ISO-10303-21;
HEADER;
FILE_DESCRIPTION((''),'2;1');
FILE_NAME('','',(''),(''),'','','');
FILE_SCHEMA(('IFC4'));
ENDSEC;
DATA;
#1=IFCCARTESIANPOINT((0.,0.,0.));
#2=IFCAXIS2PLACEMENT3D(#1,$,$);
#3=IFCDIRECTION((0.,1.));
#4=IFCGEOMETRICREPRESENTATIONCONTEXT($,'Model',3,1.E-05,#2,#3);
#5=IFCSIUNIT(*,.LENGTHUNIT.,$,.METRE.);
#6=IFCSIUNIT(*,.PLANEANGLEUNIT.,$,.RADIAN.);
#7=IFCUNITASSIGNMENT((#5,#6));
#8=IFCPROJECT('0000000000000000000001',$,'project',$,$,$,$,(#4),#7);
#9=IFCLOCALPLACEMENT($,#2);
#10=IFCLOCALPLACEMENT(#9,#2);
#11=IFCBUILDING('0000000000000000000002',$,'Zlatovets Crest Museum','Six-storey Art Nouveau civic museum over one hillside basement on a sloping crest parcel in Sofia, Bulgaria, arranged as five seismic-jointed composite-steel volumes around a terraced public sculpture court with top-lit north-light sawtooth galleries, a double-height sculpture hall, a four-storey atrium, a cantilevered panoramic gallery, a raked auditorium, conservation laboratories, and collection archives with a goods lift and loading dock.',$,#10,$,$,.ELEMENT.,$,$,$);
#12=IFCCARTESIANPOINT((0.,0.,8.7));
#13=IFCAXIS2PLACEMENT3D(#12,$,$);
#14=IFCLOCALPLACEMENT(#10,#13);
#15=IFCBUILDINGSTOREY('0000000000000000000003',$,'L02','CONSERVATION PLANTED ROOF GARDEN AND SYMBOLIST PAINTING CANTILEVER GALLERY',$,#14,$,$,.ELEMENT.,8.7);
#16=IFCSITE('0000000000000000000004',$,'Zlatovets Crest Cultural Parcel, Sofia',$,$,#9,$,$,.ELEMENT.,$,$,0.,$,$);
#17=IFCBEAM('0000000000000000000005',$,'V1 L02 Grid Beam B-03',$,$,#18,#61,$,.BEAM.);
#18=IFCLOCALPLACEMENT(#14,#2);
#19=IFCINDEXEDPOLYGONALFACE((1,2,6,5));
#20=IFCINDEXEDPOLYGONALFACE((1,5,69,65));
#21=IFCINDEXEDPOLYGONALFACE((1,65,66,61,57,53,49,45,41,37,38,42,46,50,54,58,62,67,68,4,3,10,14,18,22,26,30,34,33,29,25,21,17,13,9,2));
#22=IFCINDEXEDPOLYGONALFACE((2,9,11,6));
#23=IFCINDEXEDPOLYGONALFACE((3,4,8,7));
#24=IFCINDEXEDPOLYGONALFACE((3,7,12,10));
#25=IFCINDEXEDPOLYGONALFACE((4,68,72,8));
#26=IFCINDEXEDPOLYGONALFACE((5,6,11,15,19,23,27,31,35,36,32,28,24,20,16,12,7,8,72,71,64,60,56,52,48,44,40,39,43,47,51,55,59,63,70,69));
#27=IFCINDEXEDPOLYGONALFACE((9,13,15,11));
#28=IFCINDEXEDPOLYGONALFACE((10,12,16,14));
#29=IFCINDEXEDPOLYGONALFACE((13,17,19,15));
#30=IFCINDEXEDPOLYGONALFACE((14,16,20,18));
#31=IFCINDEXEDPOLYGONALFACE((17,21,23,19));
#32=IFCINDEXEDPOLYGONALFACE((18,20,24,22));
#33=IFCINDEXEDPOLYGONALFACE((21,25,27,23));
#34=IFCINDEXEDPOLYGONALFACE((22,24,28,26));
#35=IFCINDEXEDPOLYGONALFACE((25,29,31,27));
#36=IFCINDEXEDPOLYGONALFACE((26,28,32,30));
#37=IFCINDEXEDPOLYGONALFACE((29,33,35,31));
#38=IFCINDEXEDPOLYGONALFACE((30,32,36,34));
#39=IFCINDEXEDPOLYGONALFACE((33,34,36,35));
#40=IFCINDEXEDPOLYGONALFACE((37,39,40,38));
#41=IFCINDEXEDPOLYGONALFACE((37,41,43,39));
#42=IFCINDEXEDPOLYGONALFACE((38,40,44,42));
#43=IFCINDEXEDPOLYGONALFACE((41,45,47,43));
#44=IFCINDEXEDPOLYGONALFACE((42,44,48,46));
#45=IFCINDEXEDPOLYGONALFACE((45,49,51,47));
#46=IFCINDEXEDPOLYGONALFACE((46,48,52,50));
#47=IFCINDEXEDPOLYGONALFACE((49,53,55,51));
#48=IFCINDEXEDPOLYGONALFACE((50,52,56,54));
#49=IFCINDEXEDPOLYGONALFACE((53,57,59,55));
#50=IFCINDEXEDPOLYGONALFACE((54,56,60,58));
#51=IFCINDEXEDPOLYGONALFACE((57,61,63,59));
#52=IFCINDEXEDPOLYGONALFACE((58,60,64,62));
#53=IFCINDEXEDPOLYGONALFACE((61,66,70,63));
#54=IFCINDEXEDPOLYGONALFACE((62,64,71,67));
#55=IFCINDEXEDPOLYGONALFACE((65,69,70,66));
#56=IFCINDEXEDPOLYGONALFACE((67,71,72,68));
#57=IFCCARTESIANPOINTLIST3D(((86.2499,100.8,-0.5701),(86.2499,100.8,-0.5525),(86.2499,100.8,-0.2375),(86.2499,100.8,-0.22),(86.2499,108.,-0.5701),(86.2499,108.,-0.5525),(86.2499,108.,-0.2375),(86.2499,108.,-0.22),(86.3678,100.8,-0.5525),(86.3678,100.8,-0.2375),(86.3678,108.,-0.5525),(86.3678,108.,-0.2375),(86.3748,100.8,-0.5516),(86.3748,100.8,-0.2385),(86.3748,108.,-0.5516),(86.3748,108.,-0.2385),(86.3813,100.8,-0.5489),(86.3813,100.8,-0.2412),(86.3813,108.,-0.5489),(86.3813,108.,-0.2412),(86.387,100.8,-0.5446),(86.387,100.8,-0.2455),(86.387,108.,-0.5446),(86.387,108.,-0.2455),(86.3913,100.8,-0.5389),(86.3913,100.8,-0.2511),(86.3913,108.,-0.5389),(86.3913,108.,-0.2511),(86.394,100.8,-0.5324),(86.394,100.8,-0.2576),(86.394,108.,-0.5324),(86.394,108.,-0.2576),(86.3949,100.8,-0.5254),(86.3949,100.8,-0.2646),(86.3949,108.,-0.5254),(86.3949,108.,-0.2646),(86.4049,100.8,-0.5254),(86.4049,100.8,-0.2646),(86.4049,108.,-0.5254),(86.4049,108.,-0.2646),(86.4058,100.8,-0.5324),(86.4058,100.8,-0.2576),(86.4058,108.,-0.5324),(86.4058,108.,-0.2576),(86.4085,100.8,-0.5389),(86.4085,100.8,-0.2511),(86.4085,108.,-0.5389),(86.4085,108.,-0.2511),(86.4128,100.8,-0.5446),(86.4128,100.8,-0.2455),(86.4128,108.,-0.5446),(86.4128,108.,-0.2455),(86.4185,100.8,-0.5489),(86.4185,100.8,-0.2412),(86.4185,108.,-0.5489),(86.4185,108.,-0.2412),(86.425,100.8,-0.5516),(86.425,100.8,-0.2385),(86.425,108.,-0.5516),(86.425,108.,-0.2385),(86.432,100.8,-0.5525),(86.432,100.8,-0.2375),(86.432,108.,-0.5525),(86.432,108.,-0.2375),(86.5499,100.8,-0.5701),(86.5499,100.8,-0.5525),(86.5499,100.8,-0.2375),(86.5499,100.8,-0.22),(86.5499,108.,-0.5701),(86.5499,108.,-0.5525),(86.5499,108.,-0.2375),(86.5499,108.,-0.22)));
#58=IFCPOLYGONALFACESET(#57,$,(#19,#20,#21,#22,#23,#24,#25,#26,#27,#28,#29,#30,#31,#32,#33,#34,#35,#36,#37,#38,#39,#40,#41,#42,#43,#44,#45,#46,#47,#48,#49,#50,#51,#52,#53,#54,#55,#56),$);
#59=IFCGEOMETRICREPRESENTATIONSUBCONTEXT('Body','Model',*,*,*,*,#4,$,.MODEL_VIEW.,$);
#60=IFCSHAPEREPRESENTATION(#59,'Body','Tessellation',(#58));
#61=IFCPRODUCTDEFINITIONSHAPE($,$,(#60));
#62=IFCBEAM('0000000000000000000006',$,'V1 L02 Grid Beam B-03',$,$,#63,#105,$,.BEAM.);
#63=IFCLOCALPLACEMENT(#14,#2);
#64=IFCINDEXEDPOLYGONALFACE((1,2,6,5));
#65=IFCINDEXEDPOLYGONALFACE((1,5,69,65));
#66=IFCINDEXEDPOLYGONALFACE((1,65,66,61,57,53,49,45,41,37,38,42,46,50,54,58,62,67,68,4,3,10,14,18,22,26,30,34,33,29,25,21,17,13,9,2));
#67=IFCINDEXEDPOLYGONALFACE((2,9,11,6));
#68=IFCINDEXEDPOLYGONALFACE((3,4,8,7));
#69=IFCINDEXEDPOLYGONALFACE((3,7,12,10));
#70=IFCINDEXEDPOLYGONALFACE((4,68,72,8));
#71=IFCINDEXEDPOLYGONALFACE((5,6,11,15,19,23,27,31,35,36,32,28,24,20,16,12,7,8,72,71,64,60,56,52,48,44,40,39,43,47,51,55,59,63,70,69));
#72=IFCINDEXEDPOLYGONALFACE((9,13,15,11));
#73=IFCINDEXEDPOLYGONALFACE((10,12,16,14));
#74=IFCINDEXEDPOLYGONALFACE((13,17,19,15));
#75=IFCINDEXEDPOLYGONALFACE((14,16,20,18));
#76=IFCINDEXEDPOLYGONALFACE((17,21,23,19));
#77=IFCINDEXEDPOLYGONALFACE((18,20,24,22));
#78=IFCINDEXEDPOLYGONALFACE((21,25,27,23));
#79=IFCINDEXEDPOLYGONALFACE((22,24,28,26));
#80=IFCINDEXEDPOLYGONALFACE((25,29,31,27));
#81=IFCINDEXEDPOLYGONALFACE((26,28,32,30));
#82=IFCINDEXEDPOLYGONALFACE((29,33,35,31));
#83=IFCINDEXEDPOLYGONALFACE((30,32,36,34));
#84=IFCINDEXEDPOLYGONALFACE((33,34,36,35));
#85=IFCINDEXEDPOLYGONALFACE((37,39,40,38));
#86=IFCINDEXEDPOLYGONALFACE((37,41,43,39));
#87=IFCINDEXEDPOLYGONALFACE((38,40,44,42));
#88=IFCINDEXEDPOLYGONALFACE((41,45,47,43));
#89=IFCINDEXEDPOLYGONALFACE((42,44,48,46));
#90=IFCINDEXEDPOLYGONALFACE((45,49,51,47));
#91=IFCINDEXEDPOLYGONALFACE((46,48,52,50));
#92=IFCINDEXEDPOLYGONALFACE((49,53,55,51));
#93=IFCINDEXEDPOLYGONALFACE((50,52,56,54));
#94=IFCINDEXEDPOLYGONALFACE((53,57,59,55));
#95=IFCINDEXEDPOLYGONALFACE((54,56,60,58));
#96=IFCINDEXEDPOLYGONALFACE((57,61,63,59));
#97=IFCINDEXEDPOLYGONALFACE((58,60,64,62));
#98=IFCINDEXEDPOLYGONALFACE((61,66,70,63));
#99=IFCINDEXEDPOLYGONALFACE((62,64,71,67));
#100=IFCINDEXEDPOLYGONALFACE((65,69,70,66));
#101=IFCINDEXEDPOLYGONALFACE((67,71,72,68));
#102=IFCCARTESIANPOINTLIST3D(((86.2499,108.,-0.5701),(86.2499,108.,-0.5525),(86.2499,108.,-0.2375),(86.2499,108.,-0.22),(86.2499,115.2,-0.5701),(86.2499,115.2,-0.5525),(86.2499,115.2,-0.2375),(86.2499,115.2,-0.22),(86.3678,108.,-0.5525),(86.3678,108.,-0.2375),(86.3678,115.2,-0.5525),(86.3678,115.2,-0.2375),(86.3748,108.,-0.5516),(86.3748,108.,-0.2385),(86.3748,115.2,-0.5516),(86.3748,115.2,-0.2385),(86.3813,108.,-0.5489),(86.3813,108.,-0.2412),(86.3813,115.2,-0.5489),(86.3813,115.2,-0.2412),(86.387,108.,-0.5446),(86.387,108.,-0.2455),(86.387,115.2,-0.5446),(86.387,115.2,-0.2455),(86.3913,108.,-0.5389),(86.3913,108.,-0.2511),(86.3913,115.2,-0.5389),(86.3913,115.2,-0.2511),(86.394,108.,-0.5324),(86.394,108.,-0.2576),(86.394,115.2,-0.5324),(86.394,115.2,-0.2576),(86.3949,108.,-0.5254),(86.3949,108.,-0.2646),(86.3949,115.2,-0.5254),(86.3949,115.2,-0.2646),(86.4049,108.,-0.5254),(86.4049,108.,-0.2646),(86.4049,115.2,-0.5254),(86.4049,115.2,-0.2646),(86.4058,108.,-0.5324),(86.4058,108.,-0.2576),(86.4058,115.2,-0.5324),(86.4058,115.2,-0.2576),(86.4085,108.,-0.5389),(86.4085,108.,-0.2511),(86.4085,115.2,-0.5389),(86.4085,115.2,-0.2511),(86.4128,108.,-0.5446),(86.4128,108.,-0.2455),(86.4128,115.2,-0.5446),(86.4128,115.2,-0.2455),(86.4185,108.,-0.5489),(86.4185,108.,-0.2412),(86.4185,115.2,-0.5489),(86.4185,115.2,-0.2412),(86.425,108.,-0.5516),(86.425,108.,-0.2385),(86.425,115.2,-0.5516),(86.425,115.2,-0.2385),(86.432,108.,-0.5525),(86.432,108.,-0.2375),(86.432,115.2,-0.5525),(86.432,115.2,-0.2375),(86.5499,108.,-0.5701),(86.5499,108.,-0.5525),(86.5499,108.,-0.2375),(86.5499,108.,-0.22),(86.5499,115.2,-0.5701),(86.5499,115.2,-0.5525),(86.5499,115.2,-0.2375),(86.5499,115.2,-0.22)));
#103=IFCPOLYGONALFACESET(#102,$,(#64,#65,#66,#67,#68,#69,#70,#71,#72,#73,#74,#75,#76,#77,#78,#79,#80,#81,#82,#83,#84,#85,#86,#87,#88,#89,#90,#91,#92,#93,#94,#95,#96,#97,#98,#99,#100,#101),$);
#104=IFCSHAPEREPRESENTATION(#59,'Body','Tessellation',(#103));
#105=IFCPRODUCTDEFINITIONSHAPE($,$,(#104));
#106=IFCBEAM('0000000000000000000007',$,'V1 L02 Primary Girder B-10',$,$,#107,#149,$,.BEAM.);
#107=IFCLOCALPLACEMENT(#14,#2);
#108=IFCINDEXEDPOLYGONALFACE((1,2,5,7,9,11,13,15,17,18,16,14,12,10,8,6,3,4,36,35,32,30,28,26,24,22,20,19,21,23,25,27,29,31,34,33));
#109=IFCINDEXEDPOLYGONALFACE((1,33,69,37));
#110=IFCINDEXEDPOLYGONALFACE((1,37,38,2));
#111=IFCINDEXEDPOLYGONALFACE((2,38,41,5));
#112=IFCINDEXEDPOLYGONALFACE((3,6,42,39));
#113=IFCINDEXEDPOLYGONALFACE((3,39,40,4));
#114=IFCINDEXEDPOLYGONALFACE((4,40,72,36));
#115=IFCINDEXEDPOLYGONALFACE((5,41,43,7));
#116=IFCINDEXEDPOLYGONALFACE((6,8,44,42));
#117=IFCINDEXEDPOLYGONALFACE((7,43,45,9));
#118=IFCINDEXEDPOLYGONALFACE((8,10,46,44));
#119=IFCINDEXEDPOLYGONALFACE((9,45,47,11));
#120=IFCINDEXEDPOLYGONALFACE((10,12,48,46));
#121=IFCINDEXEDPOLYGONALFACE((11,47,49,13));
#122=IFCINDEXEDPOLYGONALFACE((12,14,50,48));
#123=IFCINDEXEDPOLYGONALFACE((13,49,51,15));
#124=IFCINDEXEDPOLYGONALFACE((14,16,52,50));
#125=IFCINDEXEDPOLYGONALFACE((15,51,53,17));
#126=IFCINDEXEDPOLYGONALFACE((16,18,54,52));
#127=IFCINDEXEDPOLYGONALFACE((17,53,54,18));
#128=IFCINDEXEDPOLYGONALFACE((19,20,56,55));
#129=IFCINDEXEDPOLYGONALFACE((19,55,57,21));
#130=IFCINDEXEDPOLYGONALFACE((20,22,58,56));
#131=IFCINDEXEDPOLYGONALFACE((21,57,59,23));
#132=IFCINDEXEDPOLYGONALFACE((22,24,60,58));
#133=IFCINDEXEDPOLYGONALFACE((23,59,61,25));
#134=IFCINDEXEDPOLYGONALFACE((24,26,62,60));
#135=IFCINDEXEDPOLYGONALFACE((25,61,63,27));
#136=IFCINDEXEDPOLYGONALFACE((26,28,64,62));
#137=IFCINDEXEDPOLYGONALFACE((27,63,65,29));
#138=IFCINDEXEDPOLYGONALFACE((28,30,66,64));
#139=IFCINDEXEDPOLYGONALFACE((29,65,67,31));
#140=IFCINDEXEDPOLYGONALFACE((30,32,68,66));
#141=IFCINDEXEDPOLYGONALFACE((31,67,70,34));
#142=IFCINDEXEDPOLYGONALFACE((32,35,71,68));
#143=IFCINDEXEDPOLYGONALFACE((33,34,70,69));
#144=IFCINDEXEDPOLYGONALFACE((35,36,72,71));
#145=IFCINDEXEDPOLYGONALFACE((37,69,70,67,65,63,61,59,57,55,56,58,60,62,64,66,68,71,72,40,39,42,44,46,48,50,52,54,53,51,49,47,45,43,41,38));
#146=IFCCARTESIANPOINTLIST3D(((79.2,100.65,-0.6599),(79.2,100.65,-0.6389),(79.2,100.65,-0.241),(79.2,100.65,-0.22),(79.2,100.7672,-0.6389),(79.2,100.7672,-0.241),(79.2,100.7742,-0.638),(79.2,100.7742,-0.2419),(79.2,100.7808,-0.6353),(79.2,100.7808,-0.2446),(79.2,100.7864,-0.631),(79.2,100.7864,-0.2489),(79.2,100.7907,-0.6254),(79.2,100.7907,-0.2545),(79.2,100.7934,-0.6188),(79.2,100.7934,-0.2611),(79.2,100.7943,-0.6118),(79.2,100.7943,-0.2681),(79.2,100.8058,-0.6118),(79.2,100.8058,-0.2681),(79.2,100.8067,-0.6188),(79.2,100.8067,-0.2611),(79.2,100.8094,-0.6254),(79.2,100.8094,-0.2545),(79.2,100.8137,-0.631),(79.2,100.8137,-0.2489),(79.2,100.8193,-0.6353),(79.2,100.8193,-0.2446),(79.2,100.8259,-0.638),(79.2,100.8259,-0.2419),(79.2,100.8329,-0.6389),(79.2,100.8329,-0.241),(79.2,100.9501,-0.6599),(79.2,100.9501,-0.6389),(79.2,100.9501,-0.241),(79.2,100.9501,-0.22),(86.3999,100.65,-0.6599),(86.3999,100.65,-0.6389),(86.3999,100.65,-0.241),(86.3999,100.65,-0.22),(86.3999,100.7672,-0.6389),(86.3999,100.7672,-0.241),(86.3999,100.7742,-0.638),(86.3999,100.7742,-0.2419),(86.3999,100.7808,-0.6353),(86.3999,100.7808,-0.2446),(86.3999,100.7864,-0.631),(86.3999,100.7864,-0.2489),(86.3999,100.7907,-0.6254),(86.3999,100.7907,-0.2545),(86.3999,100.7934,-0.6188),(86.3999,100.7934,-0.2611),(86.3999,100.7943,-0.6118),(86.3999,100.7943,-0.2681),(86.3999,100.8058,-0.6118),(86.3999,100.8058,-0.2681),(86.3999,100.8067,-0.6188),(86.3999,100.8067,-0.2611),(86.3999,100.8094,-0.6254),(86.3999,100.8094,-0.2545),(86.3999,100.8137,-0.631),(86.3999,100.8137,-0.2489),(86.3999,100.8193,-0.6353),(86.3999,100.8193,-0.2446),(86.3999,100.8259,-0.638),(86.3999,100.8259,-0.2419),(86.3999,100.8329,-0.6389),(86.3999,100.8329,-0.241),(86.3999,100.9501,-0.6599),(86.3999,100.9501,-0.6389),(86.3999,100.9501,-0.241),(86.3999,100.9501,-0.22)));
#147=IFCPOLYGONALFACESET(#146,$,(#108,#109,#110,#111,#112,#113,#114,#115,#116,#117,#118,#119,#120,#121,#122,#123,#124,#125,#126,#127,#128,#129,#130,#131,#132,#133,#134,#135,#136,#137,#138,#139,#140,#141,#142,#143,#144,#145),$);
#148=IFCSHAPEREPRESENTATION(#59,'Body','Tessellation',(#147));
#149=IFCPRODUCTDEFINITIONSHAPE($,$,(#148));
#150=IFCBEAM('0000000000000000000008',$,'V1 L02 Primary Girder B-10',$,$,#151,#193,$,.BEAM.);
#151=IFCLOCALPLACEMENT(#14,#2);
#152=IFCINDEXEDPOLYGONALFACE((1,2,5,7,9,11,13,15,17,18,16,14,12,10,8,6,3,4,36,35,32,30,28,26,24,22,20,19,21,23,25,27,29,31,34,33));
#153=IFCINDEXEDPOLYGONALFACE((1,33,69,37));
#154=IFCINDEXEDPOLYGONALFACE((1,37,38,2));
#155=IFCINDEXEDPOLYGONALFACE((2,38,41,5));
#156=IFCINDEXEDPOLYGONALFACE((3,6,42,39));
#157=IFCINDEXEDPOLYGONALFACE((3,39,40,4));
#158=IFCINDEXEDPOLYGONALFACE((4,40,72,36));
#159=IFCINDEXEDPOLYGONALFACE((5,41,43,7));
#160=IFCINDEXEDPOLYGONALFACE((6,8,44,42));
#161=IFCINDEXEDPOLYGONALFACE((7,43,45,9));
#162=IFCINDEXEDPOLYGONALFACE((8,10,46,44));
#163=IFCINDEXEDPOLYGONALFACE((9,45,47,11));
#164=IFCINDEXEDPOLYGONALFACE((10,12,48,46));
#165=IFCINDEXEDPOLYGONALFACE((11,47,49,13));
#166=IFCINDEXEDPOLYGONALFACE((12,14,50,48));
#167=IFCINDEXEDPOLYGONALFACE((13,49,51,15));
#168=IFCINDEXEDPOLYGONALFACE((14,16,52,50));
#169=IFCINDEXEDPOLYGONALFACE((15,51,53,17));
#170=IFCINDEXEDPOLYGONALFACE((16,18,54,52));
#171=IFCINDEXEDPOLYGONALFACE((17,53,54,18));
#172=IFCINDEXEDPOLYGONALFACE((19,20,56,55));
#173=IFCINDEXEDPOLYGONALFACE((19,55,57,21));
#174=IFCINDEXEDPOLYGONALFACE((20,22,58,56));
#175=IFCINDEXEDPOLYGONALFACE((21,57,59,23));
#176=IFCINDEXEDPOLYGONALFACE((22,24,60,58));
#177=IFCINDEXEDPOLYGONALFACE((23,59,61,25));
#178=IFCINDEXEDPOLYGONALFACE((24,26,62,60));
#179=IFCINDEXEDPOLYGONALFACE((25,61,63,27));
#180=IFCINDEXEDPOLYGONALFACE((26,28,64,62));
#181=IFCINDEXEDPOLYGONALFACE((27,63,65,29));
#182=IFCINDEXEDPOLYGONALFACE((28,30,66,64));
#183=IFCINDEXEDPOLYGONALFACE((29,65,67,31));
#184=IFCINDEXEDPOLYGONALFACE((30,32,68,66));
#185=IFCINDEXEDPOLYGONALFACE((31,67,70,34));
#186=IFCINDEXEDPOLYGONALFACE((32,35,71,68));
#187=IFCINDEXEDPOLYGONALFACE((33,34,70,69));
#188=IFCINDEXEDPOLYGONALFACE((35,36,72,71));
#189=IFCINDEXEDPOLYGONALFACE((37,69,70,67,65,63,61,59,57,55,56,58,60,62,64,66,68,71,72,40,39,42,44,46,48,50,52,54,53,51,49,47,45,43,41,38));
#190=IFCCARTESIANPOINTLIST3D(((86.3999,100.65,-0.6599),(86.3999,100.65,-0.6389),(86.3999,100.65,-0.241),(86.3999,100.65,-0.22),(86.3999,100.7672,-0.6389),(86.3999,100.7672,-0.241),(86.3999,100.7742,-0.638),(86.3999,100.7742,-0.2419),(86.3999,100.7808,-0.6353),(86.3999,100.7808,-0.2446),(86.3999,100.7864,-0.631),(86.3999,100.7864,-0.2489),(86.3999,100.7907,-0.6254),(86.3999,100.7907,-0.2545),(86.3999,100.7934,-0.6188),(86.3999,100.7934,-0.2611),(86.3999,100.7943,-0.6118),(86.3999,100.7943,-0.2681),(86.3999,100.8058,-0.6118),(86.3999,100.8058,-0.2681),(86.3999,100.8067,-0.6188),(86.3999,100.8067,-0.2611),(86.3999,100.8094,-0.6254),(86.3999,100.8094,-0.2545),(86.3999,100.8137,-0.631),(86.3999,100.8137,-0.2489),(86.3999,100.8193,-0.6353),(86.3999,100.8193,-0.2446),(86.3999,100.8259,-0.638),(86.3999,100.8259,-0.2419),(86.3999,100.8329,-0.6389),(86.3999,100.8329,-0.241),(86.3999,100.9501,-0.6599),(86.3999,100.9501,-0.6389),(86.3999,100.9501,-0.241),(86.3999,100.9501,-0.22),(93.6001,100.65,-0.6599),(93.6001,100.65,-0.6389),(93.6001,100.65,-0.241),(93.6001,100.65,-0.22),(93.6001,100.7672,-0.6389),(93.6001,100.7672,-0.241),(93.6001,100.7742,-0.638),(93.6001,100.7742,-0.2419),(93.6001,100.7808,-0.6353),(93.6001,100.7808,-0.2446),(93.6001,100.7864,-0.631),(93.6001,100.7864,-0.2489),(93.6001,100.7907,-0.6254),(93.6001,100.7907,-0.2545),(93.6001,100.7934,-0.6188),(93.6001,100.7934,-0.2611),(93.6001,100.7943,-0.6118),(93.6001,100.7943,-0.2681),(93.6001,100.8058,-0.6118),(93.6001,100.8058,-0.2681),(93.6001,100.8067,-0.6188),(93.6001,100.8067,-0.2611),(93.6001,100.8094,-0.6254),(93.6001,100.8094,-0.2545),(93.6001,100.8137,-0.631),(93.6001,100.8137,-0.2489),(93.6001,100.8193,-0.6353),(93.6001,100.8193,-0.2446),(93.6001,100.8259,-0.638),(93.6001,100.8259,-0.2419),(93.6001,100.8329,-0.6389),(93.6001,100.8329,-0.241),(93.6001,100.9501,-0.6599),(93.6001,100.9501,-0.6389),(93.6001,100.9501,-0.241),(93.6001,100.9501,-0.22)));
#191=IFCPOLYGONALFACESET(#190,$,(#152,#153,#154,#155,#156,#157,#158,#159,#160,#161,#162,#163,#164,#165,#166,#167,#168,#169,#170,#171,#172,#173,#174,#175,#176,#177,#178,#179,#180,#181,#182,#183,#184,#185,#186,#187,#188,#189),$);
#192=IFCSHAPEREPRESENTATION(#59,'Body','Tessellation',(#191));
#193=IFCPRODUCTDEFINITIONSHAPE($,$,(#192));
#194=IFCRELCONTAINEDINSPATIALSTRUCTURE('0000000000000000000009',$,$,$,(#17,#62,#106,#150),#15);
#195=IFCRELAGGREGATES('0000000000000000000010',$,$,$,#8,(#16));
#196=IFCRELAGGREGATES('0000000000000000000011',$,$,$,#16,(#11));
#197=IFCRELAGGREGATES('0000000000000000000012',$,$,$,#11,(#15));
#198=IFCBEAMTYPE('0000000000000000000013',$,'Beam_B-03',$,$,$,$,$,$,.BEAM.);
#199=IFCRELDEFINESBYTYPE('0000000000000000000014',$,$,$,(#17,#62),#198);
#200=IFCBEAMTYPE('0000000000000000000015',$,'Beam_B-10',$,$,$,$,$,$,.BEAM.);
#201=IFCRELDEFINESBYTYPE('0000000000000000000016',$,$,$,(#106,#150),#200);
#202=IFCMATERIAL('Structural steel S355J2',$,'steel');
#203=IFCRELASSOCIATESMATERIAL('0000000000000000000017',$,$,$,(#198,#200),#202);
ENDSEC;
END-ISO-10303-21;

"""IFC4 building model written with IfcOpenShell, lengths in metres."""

from ifc_helpers import new_model, si_unit, direction, frame, origin, origin_2d, place, context, subcontext, project, spatial, i_section, extrude, material, material_profile, profile_set, type_object, element, save


model = new_model("IFC4")

# Units and contexts
model_context = context("Model", 3, precision=1e-05, world=origin(), true_north=direction((0.0, 1.0)))
body_context = subcontext(model_context, "Body", "Model", "MODEL_VIEW")
ifc_project = project(units=[si_unit("LENGTHUNIT", "METRE"), si_unit("PLANEANGLEUNIT", "RADIAN")], contexts=[model_context])

# Site, building, storey
site_placement = place(None, origin())
site = spatial("IfcSite", under=ifc_project, at=site_placement, Name="Zlatovets Crest Cultural Parcel, Sofia", CompositionType="ELEMENT", RefElevation=0.0)
building_placement = place(site_placement, origin())
building = spatial("IfcBuilding", under=site, at=building_placement, Name="Zlatovets Crest Museum", Description="Six-storey Art Nouveau civic museum over one hillside basement on a sloping crest parcel in Sofia, Bulgaria, arranged as five seismic-jointed composite-steel volumes around a terraced public sculpture court with top-lit north-light sawtooth galleries, a double-height sculpture hall, a four-storey atrium, a cantilevered panoramic gallery, a raked auditorium, conservation laboratories, and collection archives with a goods lift and loading dock.", CompositionType="ELEMENT")
storey_placement = place(building_placement, frame((0.0, 0.0, 8.7)))
storey = spatial("IfcBuildingStorey", under=building, at=storey_placement, Name="L02", Description="CONSERVATION PLANTED ROOF GARDEN AND SYMBOLIST PAINTING CANTILEVER GALLERY", CompositionType="ELEMENT", Elevation=8.7)

# Shared definitions
ifc_material_1 = material(Name="Structural steel S355J2", Category="steel")

# Beams
ifc_material_profile_1 = material_profile(ifc_material_1, i_section(OverallWidth=0.3, OverallDepth=0.3501, WebThickness=0.01, FlangeThickness=0.0176, FilletRadius=0.0271, at=origin_2d()), Name="HEA 360")
ifc_profile_set_1 = profile_set([ifc_material_profile_1], Name="Structural steel S355J2")
beam_type_1 = type_object("IfcBeamType", Name="Beam_B-03", PredefinedType="BEAM", material=ifc_profile_set_1)
for number, where, z_axis, x_axis, name in (
    (1, (86.3999, 100.8, -0.395), (0.0, 1.0, 0.0), (-1.0, 0.0, 0.0), "V1 L02 Grid Beam B-03"),
    (2, (86.3999, 108.0, -0.395), (0.0, 1.0, 0.0), (-1.0, 0.0, 0.0), "V1 L02 Grid Beam B-03"),
):
    element("IfcBeam", number, at=place(storey_placement, frame(where, z_axis=z_axis, x_axis=x_axis)), inside=storey, type_object=beam_type_1, Name=name, PredefinedType="BEAM", context=body_context, shape_type="SweptSolid", body=[
        extrude(i_section(OverallWidth=0.3, OverallDepth=0.3501, WebThickness=0.01, FlangeThickness=0.0176, FilletRadius=0.0271, at=origin_2d()), origin(), (0.0, 0.0, 1.0), 7.2),
    ])
ifc_material_profile_2 = material_profile(ifc_material_1, i_section(OverallWidth=0.3, OverallDepth=0.4399, WebThickness=0.0115, FlangeThickness=0.021, FilletRadius=0.0271, at=origin_2d()), Name="HEA 450")
ifc_profile_set_2 = profile_set([ifc_material_profile_2], Name="Structural steel S355J2")
beam_type_2 = type_object("IfcBeamType", Name="Beam_B-10", PredefinedType="BEAM", material=ifc_profile_set_2)
beam_1_placement = place(storey_placement, frame((79.2, 100.8, -0.4399), z_axis=(1.0, 0.0, 0.0), x_axis=(0.0, 1.0, 0.0)))
element("IfcBeam", 3, at=beam_1_placement, inside=storey, type_object=beam_type_2, Name="V1 L02 Primary Girder B-10", PredefinedType="BEAM", context=body_context, shape_type="SweptSolid", body=[
    extrude(i_section(OverallWidth=0.3, OverallDepth=0.4399, WebThickness=0.0115, FlangeThickness=0.021, FilletRadius=0.0271, at=origin_2d()), origin(), (0.0, 0.0, 1.0), 7.2),
])
beam_2_placement = place(storey_placement, frame((86.3999, 100.8, -0.4399), z_axis=(1.0, 0.0, 0.0), x_axis=(0.0, 1.0, 0.0)))
element("IfcBeam", 4, at=beam_2_placement, inside=storey, type_object=beam_type_2, Name="V1 L02 Primary Girder B-10", PredefinedType="BEAM", context=body_context, shape_type="SweptSolid", body=[
    extrude(i_section(OverallWidth=0.3, OverallDepth=0.4399, WebThickness=0.0115, FlangeThickness=0.021, FilletRadius=0.0271, at=origin_2d()), origin(), (0.0, 0.0, 1.0), 7.2002),
])

save(model, "model.ifc")
